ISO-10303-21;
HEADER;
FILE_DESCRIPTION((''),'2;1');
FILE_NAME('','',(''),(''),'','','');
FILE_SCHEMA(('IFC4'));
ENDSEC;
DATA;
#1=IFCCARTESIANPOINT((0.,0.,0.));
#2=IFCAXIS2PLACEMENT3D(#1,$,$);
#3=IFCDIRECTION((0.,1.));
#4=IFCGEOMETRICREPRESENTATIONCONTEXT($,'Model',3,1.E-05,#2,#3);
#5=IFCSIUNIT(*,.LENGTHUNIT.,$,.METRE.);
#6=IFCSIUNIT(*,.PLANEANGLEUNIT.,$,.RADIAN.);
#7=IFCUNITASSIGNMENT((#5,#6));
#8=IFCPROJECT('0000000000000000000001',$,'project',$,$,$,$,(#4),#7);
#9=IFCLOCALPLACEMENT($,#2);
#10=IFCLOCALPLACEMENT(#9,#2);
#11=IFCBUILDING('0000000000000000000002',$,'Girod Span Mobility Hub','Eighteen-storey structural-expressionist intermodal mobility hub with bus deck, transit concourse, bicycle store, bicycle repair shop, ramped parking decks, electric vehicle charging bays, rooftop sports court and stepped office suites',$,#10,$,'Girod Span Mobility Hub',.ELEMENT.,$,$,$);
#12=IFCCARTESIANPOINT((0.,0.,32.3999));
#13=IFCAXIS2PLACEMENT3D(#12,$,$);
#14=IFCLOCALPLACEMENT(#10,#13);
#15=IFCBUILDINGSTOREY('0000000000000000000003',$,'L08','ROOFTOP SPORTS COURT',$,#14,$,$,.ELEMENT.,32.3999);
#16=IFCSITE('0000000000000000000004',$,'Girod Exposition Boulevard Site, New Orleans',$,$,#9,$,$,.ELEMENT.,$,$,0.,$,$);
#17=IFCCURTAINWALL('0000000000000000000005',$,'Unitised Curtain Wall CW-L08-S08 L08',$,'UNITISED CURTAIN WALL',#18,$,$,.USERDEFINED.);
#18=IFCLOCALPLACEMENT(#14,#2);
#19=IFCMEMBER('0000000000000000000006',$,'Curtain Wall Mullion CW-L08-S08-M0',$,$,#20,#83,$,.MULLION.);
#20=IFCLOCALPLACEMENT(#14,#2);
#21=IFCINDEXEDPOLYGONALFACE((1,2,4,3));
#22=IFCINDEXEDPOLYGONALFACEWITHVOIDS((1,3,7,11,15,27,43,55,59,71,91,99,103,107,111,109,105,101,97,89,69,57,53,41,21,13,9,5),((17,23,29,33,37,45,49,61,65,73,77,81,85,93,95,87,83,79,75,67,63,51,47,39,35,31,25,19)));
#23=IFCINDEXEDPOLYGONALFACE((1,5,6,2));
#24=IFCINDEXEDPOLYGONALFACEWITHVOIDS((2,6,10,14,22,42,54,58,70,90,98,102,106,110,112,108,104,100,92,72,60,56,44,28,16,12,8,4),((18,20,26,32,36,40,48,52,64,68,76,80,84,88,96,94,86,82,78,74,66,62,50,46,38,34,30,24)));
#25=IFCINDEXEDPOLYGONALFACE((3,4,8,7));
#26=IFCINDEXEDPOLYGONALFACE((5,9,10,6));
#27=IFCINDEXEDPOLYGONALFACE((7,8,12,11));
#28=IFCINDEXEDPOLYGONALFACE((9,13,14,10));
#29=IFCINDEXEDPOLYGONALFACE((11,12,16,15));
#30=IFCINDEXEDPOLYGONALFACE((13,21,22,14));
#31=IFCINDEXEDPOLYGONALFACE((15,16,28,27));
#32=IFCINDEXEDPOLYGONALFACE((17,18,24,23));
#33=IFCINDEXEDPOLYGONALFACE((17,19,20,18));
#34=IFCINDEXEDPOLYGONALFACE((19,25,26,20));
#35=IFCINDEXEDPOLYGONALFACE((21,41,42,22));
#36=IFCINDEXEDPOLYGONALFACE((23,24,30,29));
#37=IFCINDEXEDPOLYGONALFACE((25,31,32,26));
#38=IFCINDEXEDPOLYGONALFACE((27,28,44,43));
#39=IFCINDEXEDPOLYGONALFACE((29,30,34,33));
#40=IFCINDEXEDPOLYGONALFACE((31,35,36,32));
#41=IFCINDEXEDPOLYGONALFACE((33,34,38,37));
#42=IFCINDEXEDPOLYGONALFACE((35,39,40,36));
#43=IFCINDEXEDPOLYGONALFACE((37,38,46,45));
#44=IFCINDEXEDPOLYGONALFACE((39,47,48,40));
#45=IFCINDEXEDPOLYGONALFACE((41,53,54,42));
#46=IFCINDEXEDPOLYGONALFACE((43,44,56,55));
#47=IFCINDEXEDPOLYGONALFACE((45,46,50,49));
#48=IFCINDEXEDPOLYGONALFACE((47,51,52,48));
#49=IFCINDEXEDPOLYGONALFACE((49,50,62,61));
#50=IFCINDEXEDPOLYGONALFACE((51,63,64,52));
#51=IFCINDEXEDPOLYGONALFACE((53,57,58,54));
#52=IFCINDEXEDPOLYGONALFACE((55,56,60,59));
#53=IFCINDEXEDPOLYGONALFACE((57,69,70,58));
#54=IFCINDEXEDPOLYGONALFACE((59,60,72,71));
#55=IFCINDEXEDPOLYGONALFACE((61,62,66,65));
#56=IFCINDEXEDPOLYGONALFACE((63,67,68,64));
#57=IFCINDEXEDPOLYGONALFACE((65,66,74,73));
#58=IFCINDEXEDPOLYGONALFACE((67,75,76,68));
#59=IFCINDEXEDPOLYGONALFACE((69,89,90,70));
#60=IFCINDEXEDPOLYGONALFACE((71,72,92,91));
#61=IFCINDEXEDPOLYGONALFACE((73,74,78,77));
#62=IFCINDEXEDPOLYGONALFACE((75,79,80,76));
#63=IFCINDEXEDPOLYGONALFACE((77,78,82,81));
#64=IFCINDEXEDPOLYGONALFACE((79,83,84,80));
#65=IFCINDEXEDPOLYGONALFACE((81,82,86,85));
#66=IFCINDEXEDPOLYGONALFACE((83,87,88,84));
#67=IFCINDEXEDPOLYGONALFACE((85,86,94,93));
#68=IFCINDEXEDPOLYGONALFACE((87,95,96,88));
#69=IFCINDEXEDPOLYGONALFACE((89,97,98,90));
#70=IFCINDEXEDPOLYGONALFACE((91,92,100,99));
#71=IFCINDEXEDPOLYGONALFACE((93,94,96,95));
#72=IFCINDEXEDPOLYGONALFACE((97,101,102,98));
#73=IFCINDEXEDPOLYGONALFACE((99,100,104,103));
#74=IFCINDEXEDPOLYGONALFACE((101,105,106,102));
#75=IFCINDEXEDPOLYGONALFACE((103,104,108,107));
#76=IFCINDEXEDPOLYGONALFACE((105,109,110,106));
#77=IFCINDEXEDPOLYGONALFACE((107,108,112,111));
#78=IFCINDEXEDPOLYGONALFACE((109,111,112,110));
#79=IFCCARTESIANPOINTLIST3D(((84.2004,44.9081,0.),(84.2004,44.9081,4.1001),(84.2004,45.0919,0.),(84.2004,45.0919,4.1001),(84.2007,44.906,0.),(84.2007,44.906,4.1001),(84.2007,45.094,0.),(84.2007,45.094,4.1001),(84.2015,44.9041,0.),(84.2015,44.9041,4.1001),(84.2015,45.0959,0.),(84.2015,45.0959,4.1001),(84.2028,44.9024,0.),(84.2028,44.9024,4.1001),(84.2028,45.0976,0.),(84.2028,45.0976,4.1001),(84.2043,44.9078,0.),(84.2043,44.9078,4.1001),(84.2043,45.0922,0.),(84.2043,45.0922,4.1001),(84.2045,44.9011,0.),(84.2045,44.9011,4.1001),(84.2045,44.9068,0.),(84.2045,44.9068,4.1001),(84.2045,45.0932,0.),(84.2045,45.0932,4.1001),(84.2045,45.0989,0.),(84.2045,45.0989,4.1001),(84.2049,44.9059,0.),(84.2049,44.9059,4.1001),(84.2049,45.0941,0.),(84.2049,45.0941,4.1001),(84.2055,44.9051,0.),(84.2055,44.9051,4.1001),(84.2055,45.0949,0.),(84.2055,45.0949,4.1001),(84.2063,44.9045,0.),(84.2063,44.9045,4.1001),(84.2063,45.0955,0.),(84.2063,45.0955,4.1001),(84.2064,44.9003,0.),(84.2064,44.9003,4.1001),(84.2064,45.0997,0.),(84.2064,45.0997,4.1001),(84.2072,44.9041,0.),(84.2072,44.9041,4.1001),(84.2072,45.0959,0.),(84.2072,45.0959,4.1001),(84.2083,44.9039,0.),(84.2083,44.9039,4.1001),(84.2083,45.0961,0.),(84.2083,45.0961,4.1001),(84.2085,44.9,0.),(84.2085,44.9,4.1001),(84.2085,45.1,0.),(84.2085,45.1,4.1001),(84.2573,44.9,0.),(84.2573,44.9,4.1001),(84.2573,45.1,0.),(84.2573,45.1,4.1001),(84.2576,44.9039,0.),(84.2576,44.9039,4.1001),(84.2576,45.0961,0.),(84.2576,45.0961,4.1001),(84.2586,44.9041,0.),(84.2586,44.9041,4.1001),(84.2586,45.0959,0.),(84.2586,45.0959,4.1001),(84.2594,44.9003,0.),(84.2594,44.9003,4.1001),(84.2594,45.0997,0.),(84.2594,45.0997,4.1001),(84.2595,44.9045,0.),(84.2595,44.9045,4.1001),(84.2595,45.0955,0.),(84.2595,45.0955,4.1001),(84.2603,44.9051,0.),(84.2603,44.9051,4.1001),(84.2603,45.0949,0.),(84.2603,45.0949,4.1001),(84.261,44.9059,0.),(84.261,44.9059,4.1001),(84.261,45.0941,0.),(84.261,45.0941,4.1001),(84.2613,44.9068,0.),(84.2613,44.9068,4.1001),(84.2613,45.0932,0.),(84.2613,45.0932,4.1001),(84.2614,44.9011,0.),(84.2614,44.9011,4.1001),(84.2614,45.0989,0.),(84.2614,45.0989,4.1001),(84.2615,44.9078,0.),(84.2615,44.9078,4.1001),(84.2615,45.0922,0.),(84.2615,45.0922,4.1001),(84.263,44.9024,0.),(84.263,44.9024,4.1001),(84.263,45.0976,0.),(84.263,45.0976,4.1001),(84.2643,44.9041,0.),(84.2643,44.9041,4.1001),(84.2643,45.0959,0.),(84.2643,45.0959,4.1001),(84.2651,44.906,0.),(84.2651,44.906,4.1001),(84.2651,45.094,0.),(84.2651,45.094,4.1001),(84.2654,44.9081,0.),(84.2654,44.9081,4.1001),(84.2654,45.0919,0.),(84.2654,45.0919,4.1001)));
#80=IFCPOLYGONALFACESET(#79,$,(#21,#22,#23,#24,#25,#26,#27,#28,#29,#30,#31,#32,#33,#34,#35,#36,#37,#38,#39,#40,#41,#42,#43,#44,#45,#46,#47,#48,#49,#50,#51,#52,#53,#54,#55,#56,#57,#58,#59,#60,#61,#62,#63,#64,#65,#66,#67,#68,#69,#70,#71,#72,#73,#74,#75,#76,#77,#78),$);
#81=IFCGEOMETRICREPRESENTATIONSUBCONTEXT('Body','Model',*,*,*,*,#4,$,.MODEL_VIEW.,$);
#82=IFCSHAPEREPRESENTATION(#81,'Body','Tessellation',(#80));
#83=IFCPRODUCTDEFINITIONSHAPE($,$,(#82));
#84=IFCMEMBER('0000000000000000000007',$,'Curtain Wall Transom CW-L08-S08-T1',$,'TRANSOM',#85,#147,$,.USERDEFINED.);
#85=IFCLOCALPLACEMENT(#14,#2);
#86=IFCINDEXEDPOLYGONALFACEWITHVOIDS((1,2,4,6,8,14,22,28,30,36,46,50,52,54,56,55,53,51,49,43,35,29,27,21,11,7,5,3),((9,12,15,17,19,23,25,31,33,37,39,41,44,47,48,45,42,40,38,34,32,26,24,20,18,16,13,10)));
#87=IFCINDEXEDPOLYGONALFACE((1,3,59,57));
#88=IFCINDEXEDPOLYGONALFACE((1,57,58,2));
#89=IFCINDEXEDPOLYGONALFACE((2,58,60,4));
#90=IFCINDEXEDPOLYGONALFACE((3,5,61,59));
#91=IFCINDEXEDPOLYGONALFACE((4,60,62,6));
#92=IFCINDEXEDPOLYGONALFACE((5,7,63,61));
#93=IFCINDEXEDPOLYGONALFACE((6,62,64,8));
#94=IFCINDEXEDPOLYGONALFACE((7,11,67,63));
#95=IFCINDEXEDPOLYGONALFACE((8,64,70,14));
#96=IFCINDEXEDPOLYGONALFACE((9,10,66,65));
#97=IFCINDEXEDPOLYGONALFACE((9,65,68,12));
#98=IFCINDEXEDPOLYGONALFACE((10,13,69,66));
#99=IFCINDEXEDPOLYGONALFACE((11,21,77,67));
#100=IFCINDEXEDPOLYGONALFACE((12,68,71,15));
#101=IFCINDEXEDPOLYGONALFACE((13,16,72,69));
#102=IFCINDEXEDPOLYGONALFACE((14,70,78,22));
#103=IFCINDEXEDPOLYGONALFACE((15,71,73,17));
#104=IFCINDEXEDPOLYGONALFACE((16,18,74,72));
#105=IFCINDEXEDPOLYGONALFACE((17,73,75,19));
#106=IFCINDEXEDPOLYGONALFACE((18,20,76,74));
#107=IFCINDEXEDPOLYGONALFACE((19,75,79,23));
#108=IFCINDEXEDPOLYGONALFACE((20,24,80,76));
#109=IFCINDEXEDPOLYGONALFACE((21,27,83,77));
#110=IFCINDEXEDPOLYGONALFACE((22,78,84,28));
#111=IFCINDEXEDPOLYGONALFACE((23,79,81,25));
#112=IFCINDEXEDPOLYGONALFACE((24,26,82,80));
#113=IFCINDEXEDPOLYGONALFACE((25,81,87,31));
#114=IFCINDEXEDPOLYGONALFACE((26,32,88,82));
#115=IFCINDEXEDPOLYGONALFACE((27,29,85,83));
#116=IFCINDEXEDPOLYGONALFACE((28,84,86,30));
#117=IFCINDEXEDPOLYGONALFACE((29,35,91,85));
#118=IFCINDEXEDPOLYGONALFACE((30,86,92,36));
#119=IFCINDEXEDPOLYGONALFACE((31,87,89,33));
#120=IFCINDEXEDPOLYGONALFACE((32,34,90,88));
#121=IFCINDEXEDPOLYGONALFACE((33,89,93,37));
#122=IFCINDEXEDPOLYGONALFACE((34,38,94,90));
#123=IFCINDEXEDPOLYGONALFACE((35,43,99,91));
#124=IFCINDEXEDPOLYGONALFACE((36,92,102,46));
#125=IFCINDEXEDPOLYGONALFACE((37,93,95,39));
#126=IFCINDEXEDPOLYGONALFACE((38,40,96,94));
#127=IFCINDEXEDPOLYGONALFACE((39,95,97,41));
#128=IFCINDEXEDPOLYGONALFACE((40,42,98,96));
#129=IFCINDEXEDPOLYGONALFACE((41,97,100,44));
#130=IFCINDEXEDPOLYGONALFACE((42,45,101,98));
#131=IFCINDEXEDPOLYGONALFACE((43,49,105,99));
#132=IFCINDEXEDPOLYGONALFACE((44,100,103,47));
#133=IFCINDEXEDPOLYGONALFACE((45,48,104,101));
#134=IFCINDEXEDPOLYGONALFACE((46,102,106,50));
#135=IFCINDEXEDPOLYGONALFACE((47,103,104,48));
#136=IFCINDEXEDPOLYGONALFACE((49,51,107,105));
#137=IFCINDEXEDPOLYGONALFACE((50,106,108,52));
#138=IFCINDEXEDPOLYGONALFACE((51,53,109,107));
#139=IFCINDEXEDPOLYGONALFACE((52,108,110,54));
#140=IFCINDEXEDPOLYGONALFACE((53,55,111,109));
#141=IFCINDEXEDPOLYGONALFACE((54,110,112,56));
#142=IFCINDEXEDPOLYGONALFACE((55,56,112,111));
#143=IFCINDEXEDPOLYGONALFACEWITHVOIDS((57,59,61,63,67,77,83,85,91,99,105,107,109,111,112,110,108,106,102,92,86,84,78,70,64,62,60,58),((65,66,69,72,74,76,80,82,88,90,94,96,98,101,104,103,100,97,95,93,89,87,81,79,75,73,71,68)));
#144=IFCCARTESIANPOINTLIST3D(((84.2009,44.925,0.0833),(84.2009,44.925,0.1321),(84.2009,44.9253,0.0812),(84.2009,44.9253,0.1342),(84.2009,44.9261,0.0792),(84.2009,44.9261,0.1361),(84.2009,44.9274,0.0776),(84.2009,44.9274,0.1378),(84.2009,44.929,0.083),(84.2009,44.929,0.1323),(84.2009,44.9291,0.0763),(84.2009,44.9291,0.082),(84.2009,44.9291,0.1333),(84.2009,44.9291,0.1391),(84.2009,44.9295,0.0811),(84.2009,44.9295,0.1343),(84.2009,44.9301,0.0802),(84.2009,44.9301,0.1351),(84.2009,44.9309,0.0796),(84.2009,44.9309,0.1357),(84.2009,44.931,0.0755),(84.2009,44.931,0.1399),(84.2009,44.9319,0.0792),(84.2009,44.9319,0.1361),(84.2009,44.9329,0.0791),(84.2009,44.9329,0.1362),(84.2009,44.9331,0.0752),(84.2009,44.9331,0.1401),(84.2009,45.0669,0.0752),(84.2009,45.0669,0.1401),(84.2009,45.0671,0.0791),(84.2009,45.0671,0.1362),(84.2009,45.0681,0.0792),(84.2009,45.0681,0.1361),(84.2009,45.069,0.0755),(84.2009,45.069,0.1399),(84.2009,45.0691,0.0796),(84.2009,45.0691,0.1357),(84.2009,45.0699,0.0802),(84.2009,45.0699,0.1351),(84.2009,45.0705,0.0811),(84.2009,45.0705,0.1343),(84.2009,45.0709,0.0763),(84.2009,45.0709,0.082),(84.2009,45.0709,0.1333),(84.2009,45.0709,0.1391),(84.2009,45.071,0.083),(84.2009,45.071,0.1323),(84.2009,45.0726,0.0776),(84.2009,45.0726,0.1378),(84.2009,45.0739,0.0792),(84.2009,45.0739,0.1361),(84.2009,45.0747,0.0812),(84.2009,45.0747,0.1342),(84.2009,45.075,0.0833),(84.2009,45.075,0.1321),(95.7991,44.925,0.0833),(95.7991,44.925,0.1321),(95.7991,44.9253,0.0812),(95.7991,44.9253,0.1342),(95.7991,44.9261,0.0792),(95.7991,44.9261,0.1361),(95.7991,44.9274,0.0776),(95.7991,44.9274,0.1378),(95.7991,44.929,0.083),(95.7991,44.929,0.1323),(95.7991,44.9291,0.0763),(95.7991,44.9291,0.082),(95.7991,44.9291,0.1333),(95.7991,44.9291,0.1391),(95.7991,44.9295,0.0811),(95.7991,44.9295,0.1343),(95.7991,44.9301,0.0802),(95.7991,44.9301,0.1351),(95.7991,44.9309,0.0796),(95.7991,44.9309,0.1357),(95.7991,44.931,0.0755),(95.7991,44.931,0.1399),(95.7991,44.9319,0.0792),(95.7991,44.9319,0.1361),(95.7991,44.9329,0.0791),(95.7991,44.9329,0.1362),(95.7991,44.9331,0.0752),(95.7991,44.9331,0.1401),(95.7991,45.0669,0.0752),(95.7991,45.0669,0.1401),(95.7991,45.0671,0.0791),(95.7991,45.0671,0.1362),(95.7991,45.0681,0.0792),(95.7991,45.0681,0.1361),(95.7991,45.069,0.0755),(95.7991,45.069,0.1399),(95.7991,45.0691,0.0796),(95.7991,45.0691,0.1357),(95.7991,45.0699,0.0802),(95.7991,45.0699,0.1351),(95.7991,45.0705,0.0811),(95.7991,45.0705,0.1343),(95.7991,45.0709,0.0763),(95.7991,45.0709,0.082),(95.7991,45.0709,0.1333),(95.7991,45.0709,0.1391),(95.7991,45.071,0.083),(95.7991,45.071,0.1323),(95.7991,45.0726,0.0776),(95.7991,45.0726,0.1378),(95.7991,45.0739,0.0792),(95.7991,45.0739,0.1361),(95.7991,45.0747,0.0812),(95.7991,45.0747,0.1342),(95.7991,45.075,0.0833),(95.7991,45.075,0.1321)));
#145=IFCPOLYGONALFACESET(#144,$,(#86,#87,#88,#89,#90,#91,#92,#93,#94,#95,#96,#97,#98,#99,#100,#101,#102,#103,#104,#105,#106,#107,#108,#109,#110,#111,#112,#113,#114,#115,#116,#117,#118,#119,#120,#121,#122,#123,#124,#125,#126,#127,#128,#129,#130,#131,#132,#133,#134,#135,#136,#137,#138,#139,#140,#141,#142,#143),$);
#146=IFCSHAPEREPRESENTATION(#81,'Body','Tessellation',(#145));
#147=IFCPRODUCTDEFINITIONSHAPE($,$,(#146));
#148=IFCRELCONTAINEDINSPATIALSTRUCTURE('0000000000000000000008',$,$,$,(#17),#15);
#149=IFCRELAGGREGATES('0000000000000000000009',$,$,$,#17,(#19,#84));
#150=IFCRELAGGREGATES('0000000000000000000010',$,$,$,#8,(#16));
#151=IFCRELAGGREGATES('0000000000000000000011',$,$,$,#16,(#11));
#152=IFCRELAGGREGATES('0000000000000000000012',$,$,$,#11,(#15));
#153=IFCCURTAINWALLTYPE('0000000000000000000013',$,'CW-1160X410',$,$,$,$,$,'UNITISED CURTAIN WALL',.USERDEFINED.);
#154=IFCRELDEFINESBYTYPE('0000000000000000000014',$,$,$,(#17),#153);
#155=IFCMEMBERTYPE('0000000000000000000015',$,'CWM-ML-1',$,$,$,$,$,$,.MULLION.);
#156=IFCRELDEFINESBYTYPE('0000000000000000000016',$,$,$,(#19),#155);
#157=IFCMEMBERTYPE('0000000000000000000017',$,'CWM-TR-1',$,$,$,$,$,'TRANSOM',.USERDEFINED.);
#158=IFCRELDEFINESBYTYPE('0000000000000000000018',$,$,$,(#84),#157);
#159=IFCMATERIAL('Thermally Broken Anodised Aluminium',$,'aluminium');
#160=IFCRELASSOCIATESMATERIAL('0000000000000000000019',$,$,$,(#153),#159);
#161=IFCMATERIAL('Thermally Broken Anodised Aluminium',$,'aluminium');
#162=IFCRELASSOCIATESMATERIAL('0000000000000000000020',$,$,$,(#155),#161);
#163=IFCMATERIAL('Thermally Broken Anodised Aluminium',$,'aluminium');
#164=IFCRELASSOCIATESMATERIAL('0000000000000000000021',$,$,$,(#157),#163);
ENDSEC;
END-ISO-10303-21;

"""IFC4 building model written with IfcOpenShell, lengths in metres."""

from ifc_helpers import new_model, si_unit, direction, frame, origin, origin_2d, place, context, subcontext, project, spatial, hollow_rectangle, extrude, material, material_profile, profile_set, type_object, element, aggregate, save


model = new_model("IFC4")

# Units and contexts
model_context = context("Model", 3, precision=1e-05, world=origin(), true_north=direction((0.0, 1.0)))
body_context = subcontext(model_context, "Body", "Model", "MODEL_VIEW")
ifc_project = project(units=[si_unit("LENGTHUNIT", "METRE"), si_unit("PLANEANGLEUNIT", "RADIAN")], contexts=[model_context])

# Site, building, storey
site_placement = place(None, origin())
site = spatial("IfcSite", under=ifc_project, at=site_placement, Name="Girod Exposition Boulevard Site, New Orleans", CompositionType="ELEMENT", RefElevation=0.0)
building_placement = place(site_placement, origin())
building = spatial("IfcBuilding", under=site, at=building_placement, Name="Girod Span Mobility Hub", Description="Eighteen-storey structural-expressionist intermodal mobility hub with bus deck, transit concourse, bicycle store, bicycle repair shop, ramped parking decks, electric vehicle charging bays, rooftop sports court and stepped office suites", LongName="Girod Span Mobility Hub", CompositionType="ELEMENT")
storey_placement = place(building_placement, frame((0.0, 0.0, 32.3999)))
storey = spatial("IfcBuildingStorey", under=building, at=storey_placement, Name="L08", Description="ROOFTOP SPORTS COURT", CompositionType="ELEMENT", Elevation=32.3999)

# Shared definitions
ifc_material_1 = material(Name="Thermally Broken Anodised Aluminium", Category="aluminium")
curtain_wall_type = type_object("IfcCurtainWallType", Name="CW-1160X410", ElementType="UNITISED CURTAIN WALL", PredefinedType="USERDEFINED", material=ifc_material_1)
ifc_material_2 = material(Name="Thermally Broken Anodised Aluminium", Category="aluminium")
ifc_material_profile_1 = material_profile(ifc_material_2, hollow_rectangle(XDim=0.2, YDim=0.0649, WallThickness=0.0039, InnerFilletRadius=0.0039, OuterFilletRadius=0.0081, at=origin_2d()), Name="CW-ML-65X200")
ifc_profile_set_1 = profile_set([ifc_material_profile_1], Name="Thermally Broken Anodised Aluminium")
member_type_1 = type_object("IfcMemberType", Name="CWM-ML-1", PredefinedType="MULLION", material=ifc_profile_set_1)

# Curtain wall, members
curtain_wall_1_placement = place(storey_placement, origin())
curtain_wall_1 = element("IfcCurtainWall", 1, at=curtain_wall_1_placement, inside=storey, type_object=curtain_wall_type, Name="Unitised Curtain Wall CW-L08-S08 L08", ObjectType="UNITISED CURTAIN WALL", PredefinedType="USERDEFINED")
member_1_placement = place(storey_placement, frame((84.2329, 45.0, 0.0), z_axis=(0.0, 0.0, 1.0), x_axis=(0.0, 1.0, 0.0)))
member_1 = element("IfcMember", 2, at=member_1_placement, type_object=member_type_1, Name="Curtain Wall Mullion CW-L08-S08-M0", PredefinedType="MULLION", context=body_context, shape_type="SweptSolid", body=[
    extrude(hollow_rectangle(XDim=0.2, YDim=0.0649, WallThickness=0.0039, InnerFilletRadius=0.0039, OuterFilletRadius=0.0081, at=origin_2d()), origin(), (0.0, 0.0, 1.0), 4.1001),
])
ifc_material_3 = material(Name="Thermally Broken Anodised Aluminium", Category="aluminium")
ifc_material_profile_2 = material_profile(ifc_material_3, hollow_rectangle(XDim=0.1499, YDim=0.0649, WallThickness=0.0039, InnerFilletRadius=0.0039, OuterFilletRadius=0.0081, at=origin_2d()), Name="CW-TR-65X150")
ifc_profile_set_2 = profile_set([ifc_material_profile_2], Name="Thermally Broken Anodised Aluminium")
member_type_2 = type_object("IfcMemberType", Name="CWM-TR-1", ElementType="TRANSOM", PredefinedType="USERDEFINED", material=ifc_profile_set_2)
member_2_placement = place(storey_placement, frame((84.2009, 45.0, 0.1077), z_axis=(1.0, 0.0, 0.0), x_axis=(0.0, 1.0, 0.0)))
member_2 = element("IfcMember", 3, at=member_2_placement, type_object=member_type_2, Name="Curtain Wall Transom CW-L08-S08-T1", ObjectType="TRANSOM", PredefinedType="USERDEFINED", context=body_context, shape_type="SweptSolid", body=[
    extrude(hollow_rectangle(XDim=0.1499, YDim=0.0649, WallThickness=0.0039, InnerFilletRadius=0.0039, OuterFilletRadius=0.0081, at=origin_2d()), origin(), (0.0, 0.0, 1.0), 11.5981),
])
aggregate(curtain_wall_1, [member_1, member_2])

save(model, "model.ifc")
